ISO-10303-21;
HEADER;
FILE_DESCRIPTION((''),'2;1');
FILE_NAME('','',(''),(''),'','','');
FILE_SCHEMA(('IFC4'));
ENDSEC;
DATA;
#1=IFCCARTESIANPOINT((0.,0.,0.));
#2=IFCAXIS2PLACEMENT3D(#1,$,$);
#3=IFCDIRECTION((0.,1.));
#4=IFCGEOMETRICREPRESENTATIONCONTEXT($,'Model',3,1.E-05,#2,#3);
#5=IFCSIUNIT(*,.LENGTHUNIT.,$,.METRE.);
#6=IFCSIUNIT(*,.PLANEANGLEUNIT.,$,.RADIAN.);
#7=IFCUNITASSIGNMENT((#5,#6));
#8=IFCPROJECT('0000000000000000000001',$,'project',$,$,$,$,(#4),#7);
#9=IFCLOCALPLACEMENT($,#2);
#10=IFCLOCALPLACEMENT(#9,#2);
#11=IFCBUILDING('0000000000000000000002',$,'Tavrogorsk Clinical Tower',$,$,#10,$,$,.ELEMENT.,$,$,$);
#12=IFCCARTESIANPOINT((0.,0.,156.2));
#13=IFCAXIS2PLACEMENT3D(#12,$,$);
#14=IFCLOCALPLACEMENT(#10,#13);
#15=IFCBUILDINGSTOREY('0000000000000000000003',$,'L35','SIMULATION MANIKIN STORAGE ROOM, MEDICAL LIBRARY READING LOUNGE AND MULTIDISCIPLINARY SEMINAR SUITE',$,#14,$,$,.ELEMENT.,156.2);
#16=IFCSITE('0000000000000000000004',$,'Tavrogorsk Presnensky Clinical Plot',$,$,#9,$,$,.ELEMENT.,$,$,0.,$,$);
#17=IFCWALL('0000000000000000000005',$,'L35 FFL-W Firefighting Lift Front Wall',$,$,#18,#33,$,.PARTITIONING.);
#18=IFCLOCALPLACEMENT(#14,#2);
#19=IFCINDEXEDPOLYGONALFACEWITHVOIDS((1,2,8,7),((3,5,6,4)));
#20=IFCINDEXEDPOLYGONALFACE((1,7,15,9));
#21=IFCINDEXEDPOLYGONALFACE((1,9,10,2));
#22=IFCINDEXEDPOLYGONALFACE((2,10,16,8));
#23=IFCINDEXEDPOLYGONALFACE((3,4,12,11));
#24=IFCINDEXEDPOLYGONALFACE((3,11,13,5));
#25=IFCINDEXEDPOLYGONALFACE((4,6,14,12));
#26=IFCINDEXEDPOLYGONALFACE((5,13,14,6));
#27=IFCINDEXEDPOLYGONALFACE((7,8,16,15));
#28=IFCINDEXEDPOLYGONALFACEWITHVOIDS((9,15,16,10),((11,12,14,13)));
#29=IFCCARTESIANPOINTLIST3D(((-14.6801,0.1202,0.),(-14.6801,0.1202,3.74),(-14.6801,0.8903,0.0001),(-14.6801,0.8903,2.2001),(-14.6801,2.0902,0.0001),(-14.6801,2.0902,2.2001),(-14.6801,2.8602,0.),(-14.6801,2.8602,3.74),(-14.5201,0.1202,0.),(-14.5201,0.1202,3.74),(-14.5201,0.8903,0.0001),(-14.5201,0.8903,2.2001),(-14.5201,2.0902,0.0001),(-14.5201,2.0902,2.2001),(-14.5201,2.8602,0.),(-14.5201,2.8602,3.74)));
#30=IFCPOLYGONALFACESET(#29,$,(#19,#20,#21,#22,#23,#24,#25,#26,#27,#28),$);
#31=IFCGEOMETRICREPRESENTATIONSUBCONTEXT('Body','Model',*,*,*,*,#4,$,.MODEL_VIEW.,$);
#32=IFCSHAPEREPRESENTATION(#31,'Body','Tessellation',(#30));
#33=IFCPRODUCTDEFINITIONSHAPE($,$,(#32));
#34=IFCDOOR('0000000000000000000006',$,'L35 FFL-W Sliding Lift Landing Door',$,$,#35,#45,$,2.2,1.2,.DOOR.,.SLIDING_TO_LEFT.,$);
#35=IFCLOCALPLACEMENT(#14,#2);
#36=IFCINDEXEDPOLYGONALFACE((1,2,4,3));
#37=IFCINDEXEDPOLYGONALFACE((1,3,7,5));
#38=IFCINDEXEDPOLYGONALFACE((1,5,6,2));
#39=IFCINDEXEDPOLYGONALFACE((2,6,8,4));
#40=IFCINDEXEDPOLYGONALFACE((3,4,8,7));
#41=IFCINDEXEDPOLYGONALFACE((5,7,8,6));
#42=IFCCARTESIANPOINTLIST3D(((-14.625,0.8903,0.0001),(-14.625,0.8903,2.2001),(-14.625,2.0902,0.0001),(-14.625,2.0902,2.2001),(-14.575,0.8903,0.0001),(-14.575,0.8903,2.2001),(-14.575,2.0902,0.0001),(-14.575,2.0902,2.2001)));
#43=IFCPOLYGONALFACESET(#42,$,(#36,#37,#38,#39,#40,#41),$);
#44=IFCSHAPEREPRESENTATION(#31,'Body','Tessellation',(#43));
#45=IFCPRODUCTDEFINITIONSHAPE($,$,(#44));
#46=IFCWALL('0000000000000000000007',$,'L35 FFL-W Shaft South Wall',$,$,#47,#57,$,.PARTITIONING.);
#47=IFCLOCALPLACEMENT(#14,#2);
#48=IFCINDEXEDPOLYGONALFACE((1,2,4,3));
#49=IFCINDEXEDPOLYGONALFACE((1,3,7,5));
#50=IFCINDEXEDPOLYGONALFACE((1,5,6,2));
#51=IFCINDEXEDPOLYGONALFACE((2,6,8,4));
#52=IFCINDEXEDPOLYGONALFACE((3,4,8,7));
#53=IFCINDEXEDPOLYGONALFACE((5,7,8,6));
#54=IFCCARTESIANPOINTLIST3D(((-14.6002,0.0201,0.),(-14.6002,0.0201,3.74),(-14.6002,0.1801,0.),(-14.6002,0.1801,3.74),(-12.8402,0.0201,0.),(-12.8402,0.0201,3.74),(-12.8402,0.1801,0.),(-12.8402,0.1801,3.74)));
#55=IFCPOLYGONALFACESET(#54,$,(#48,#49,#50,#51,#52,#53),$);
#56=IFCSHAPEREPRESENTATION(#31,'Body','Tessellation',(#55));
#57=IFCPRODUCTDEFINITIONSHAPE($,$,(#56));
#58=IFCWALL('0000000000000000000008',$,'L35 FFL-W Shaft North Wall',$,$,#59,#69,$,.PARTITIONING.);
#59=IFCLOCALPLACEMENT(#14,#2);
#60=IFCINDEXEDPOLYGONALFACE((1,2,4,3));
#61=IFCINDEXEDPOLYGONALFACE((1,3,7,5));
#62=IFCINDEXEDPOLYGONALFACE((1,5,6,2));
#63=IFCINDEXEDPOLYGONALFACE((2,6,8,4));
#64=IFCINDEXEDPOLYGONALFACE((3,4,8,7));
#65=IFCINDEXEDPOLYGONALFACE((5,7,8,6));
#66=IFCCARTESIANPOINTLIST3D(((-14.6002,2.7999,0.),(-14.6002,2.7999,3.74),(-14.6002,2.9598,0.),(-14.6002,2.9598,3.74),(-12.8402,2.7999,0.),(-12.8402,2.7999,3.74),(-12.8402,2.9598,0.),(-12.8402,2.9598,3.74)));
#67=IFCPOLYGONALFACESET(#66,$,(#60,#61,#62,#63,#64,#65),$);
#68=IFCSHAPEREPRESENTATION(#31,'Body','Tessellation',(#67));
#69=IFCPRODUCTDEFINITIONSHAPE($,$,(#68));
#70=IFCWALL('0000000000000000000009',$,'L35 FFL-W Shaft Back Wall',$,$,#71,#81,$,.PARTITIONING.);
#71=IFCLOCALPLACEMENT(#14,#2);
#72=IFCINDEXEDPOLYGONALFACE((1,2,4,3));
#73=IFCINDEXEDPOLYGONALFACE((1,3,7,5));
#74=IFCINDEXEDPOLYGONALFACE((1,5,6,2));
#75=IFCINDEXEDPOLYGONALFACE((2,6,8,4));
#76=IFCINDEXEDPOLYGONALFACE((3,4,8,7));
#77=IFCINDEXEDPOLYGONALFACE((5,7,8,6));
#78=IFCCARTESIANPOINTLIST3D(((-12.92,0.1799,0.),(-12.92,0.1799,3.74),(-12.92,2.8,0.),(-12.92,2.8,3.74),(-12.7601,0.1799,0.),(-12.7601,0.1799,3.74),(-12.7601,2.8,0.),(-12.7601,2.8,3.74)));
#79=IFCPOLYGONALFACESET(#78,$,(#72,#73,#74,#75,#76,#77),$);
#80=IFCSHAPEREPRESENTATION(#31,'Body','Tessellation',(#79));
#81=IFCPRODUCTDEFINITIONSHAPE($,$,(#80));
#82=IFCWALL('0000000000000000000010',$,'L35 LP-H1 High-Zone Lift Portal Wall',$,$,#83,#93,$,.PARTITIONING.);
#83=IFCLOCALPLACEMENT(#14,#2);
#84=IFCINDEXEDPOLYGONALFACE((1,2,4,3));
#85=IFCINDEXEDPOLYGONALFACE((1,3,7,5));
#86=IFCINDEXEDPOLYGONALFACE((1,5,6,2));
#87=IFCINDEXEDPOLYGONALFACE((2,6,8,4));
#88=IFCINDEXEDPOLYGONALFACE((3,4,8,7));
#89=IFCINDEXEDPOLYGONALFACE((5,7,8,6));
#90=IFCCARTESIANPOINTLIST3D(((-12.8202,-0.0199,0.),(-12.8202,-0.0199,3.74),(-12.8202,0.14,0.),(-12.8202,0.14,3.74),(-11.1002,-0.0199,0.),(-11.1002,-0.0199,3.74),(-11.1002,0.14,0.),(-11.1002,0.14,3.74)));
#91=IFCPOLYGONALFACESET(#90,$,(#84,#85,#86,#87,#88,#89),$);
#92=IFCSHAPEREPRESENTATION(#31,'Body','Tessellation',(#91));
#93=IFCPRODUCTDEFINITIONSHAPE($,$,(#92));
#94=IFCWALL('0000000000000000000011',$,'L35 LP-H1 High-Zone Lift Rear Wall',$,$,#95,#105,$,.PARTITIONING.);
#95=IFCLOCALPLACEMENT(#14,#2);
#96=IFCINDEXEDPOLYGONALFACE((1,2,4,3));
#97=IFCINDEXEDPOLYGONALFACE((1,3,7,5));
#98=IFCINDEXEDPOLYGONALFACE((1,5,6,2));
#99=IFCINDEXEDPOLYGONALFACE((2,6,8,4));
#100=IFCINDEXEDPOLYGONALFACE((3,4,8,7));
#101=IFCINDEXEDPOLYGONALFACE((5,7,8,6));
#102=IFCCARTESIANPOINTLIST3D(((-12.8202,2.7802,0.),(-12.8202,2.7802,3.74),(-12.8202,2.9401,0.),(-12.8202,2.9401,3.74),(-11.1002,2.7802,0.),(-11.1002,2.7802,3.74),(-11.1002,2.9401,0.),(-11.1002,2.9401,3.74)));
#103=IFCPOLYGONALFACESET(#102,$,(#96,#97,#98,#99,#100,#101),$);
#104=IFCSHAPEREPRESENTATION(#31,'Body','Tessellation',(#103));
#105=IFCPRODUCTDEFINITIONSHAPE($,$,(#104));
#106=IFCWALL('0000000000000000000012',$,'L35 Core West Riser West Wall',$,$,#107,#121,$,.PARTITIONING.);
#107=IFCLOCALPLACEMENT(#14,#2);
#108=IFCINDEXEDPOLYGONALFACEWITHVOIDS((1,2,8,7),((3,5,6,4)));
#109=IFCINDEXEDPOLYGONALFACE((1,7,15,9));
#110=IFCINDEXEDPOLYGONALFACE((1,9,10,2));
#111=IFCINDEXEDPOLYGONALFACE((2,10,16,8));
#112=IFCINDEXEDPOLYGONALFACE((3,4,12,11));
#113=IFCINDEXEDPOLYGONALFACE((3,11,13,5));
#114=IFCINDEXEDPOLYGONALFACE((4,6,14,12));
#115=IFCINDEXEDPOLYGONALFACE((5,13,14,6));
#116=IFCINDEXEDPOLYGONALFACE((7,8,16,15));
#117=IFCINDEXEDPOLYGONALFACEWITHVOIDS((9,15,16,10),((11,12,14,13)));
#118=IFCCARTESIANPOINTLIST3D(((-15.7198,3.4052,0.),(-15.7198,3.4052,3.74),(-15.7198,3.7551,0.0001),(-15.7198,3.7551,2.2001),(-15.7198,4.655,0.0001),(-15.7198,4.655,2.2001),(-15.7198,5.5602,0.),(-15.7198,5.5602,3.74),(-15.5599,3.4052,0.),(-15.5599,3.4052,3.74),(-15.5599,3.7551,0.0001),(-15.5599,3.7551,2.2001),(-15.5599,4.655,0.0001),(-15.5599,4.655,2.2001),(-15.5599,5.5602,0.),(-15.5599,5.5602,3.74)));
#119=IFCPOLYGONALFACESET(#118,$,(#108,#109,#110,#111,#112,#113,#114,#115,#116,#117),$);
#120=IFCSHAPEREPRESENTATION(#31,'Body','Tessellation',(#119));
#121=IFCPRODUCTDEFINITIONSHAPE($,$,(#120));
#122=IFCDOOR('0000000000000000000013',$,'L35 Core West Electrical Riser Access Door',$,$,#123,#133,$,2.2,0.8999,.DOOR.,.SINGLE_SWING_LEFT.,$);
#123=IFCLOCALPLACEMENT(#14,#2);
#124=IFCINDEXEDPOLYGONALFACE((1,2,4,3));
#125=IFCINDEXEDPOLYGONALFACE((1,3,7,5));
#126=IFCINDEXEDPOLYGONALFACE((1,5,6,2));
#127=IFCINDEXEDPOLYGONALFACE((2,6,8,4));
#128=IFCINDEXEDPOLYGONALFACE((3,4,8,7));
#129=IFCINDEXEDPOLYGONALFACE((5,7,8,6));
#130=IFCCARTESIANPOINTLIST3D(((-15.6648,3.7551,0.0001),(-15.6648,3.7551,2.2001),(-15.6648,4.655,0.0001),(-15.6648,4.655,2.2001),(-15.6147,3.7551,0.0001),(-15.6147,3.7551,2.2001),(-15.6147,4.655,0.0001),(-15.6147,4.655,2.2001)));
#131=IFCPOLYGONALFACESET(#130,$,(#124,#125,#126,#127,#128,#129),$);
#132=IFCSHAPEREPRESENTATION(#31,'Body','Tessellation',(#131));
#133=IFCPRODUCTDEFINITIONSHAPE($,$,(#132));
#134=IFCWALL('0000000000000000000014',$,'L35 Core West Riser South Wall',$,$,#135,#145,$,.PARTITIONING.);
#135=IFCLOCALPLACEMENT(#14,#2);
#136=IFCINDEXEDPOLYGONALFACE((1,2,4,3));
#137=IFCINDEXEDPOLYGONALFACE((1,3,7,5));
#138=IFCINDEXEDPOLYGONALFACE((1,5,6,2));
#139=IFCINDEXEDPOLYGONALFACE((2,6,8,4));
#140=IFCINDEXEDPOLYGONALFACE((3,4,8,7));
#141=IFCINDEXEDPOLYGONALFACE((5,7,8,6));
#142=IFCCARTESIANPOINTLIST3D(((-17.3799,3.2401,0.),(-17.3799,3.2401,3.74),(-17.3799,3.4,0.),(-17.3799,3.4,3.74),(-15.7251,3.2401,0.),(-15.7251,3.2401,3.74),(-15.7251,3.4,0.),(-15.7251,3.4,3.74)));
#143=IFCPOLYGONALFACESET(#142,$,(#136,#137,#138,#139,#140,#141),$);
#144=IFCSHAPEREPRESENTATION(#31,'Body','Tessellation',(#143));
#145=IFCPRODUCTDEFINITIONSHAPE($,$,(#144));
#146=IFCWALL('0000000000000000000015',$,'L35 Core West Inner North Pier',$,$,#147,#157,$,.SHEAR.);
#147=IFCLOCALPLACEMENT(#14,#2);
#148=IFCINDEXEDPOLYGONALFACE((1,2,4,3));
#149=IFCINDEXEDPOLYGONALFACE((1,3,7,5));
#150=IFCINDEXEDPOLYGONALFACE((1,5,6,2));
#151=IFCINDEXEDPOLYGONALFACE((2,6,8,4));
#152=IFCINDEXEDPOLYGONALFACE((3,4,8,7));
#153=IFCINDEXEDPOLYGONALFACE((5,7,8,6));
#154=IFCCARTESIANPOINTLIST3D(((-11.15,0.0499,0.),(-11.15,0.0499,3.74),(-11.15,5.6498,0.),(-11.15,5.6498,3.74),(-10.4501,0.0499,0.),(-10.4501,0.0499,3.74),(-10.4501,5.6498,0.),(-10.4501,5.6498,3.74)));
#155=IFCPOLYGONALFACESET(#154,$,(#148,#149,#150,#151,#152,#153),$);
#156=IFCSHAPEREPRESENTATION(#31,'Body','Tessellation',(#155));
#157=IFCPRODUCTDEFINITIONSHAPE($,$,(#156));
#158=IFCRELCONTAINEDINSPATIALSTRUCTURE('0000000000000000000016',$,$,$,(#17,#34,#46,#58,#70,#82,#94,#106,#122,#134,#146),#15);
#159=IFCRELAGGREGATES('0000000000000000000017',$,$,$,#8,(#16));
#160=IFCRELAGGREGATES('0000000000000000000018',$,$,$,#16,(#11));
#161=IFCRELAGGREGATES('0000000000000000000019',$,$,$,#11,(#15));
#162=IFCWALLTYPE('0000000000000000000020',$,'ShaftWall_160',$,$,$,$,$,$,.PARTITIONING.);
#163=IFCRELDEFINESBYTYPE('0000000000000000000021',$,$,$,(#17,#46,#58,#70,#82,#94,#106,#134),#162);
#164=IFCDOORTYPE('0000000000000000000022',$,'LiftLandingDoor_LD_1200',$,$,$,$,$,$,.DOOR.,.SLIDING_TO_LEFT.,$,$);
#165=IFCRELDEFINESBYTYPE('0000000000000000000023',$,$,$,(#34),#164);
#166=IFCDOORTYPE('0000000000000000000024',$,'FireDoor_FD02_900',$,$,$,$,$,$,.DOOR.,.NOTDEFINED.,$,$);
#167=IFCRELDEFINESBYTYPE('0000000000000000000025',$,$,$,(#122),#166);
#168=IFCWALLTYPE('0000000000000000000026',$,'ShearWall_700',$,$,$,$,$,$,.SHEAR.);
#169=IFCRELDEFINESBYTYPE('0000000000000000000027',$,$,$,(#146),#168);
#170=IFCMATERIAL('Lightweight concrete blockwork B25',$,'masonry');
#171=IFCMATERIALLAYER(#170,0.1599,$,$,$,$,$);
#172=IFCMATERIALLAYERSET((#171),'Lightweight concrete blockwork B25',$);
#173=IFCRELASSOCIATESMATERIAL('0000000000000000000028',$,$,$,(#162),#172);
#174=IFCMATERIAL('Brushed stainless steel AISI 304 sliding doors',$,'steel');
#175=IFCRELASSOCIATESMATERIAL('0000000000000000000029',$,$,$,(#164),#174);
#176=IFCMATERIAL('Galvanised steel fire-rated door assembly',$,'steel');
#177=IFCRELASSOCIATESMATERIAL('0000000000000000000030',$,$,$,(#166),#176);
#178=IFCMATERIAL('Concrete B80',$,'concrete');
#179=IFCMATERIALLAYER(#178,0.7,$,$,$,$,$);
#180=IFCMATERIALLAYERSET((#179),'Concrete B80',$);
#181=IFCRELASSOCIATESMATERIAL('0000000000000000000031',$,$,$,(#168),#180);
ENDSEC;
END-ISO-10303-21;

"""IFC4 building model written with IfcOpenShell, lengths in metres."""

from ifc_helpers import new_model, si_unit, direction, frame, frame_2d, origin, place, context, subcontext, project, spatial, rectangle, extrude, material, layer, layer_set, type_object, element, fill, save


model = new_model("IFC4")

# Units and contexts
model_context = context("Model", 3, precision=1e-05, world=origin(), true_north=direction((0.0, 1.0)))
body_context = subcontext(model_context, "Body", "Model", "MODEL_VIEW")
ifc_project = project(units=[si_unit("LENGTHUNIT", "METRE"), si_unit("PLANEANGLEUNIT", "RADIAN")], contexts=[model_context])

# Site, building, storey
site_placement = place(None, origin())
site = spatial("IfcSite", under=ifc_project, at=site_placement, Name="Tavrogorsk Presnensky Clinical Plot", CompositionType="ELEMENT", RefElevation=0.0)
building_placement = place(site_placement, origin())
building = spatial("IfcBuilding", under=site, at=building_placement, Name="Tavrogorsk Clinical Tower", CompositionType="ELEMENT")
storey_placement = place(building_placement, frame((0.0, 0.0, 156.2)))
storey = spatial("IfcBuildingStorey", under=building, at=storey_placement, Name="L35", Description="SIMULATION MANIKIN STORAGE ROOM, MEDICAL LIBRARY READING LOUNGE AND MULTIDISCIPLINARY SEMINAR SUITE", CompositionType="ELEMENT", Elevation=156.2)

# Wall, opening, door
ifc_material_1 = material(Name="Lightweight concrete blockwork B25", Category="masonry")
ifc_layer_1 = layer(ifc_material_1, 0.1599)
ifc_layer_set_1 = layer_set([ifc_layer_1], Name="Lightweight concrete blockwork B25")
wall_type_1 = type_object("IfcWallType", Name="ShaftWall_160", PredefinedType="PARTITIONING", material=ifc_layer_set_1)
wall_1_placement = place(storey_placement, frame((-14.6001, 0.1201, 0.0), z_axis=(0.0, 0.0, 1.0), x_axis=(0.0, 1.0, 0.0)))
wall_1 = element("IfcWall", 1, at=wall_1_placement, inside=storey, type_object=wall_type_1, Name="L35 FFL-W Firefighting Lift Front Wall", PredefinedType="PARTITIONING", context=body_context, shape_type="SweptSolid", body=[
    extrude(rectangle(XDim=2.74, YDim=0.1599, at=frame_2d((1.3701, 0.0))), origin(), (0.0, 0.0, 1.0), 3.74),
])
opening_1_placement = place(wall_1_placement, frame((0.77, 0.0, 0.0)))
opening_1 = element("IfcOpeningElement", 2, at=opening_1_placement, cuts=wall_1, PredefinedType="OPENING", context=body_context, shape_type="SweptSolid", body=[
    extrude(rectangle(XDim=1.2, YDim=2.2, at=frame_2d((0.6001, 1.1001))), frame((0.0, 0.0898, 0.0), z_axis=(0.0, -1.0, 0.0), x_axis=(1.0, 0.0, 0.0)), (0.0, 0.0, 1.0), 0.1799),
])
ifc_material_2 = material(Name="Brushed stainless steel AISI 304 sliding doors", Category="steel")
door_type_1 = type_object("IfcDoorType", Name="LiftLandingDoor_LD_1200", OperationType="SLIDING_TO_LEFT", PredefinedType="DOOR", material=ifc_material_2)
door_1_placement = place(opening_1_placement, origin())
door_1 = element("IfcDoor", 3, at=door_1_placement, inside=storey, type_object=door_type_1, Name="L35 FFL-W Sliding Lift Landing Door", OperationType="SLIDING_TO_LEFT", OverallHeight=2.2, OverallWidth=1.2, PredefinedType="DOOR", context=body_context, shape_type="SweptSolid", body=[
    extrude(rectangle(XDim=1.2, YDim=2.2, at=frame_2d((0.6001, 1.1001))), frame((0.0, 0.0249, 0.0), z_axis=(0.0, -1.0, 0.0), x_axis=(1.0, 0.0, 0.0)), (0.0, 0.0, 1.0), 0.05),
])
fill(opening_1, door_1)

# Walls
for number, where, z_axis, x_axis, name in (
    (4, (-14.6001, 0.1001, 0.0), (0.0, 0.0, 1.0), (1.0, 0.0, 0.0), "L35 FFL-W Shaft South Wall"),
    (5, (-14.6001, 2.8799, 0.0), (0.0, 0.0, 1.0), (1.0, 0.0, 0.0), "L35 FFL-W Shaft North Wall"),
):
    element("IfcWall", number, at=place(storey_placement, frame(where, z_axis=z_axis, x_axis=x_axis)), inside=storey, type_object=wall_type_1, Name=name, PredefinedType="PARTITIONING", context=body_context, shape_type="SweptSolid", body=[
        extrude(rectangle(XDim=1.76, YDim=0.1599, at=frame_2d((0.8799, 0.0))), origin(), (0.0, 0.0, 1.0), 3.74),
    ])
wall_2_placement = place(storey_placement, frame((-12.8401, 0.1799, 0.0), z_axis=(0.0, 0.0, 1.0), x_axis=(0.0, 1.0, 0.0)))
element("IfcWall", 6, at=wall_2_placement, inside=storey, type_object=wall_type_1, Name="L35 FFL-W Shaft Back Wall", PredefinedType="PARTITIONING", context=body_context, shape_type="SweptSolid", body=[
    extrude(rectangle(XDim=2.6201, YDim=0.1599, at=frame_2d((1.3101, 0.0))), origin(), (0.0, 0.0, 1.0), 3.74),
])
for number, where, z_axis, x_axis, name in (
    (7, (-12.8201, 0.0601, 0.0), (0.0, 0.0, 1.0), (1.0, 0.0, 0.0), "L35 LP-H1 High-Zone Lift Portal Wall"),
    (8, (-12.8201, 2.8601, 0.0), (0.0, 0.0, 1.0), (1.0, 0.0, 0.0), "L35 LP-H1 High-Zone Lift Rear Wall"),
):
    element("IfcWall", number, at=place(storey_placement, frame(where, z_axis=z_axis, x_axis=x_axis)), inside=storey, type_object=wall_type_1, Name=name, PredefinedType="PARTITIONING", context=body_context, shape_type="SweptSolid", body=[
        extrude(rectangle(XDim=1.72, YDim=0.1599, at=frame_2d((0.8599, 0.0))), origin(), (0.0, 0.0, 1.0), 3.74),
    ])

# Wall, opening, door
wall_3_placement = place(storey_placement, frame((-15.6399, 3.405, 0.0), z_axis=(0.0, 0.0, 1.0), x_axis=(0.0, 1.0, 0.0)))
wall_3 = element("IfcWall", 9, at=wall_3_placement, inside=storey, type_object=wall_type_1, Name="L35 Core West Riser West Wall", PredefinedType="PARTITIONING", context=body_context, shape_type="SweptSolid", body=[
    extrude(rectangle(XDim=2.155, YDim=0.1599, at=frame_2d((1.0776, 0.0))), origin(), (0.0, 0.0, 1.0), 3.74),
])
opening_2_placement = place(wall_3_placement, frame((0.3501, 0.0, 0.0)))
opening_2 = element("IfcOpeningElement", 10, at=opening_2_placement, cuts=wall_3, PredefinedType="OPENING", context=body_context, shape_type="SweptSolid", body=[
    extrude(rectangle(XDim=0.8999, YDim=2.2, at=frame_2d((0.45, 1.1001))), frame((0.0, 0.0898, 0.0), z_axis=(0.0, -1.0, 0.0), x_axis=(1.0, 0.0, 0.0)), (0.0, 0.0, 1.0), 0.1799),
])
ifc_material_3 = material(Name="Galvanised steel fire-rated door assembly", Category="steel")
door_type_2 = type_object("IfcDoorType", Name="FireDoor_FD02_900", OperationType="NOTDEFINED", PredefinedType="DOOR", material=ifc_material_3)
door_2_placement = place(opening_2_placement, origin())
door_2 = element("IfcDoor", 11, at=door_2_placement, inside=storey, type_object=door_type_2, Name="L35 Core West Electrical Riser Access Door", OperationType="SINGLE_SWING_LEFT", OverallHeight=2.2, OverallWidth=0.8999, PredefinedType="DOOR", context=body_context, shape_type="SweptSolid", body=[
    extrude(rectangle(XDim=0.8999, YDim=2.2, at=frame_2d((0.45, 1.1001))), frame((0.0, 0.0249, 0.0), z_axis=(0.0, -1.0, 0.0), x_axis=(1.0, 0.0, 0.0)), (0.0, 0.0, 1.0), 0.05),
])
fill(opening_2, door_2)

# Walls
wall_4_placement = place(storey_placement, frame((-17.3799, 3.3201, 0.0), z_axis=(0.0, 0.0, 1.0), x_axis=(1.0, 0.0, 0.0)))
element("IfcWall", 12, at=wall_4_placement, inside=storey, type_object=wall_type_1, Name="L35 Core West Riser South Wall", PredefinedType="PARTITIONING", context=body_context, shape_type="SweptSolid", body=[
    extrude(rectangle(XDim=1.6548, YDim=0.1599, at=frame_2d((0.8274, 0.0))), origin(), (0.0, 0.0, 1.0), 3.74),
])
ifc_material_4 = material(Name="Concrete B80", Category="concrete")
ifc_layer_2 = layer(ifc_material_4, 0.7)
ifc_layer_set_2 = layer_set([ifc_layer_2], Name="Concrete B80")
wall_type_2 = type_object("IfcWallType", Name="ShearWall_700", PredefinedType="SHEAR", material=ifc_layer_set_2)
wall_5_placement = place(storey_placement, frame((-10.8, 0.05, 0.0), z_axis=(0.0, 0.0, 1.0), x_axis=(0.0, 1.0, 0.0)))
element("IfcWall", 13, at=wall_5_placement, inside=storey, type_object=wall_type_2, Name="L35 Core West Inner North Pier", PredefinedType="SHEAR", context=body_context, shape_type="SweptSolid", body=[
    extrude(rectangle(XDim=5.5999, YDim=0.7, at=frame_2d((2.7998, 0.0))), origin(), (0.0, 0.0, 1.0), 3.74),
])

save(model, "model.ifc")
